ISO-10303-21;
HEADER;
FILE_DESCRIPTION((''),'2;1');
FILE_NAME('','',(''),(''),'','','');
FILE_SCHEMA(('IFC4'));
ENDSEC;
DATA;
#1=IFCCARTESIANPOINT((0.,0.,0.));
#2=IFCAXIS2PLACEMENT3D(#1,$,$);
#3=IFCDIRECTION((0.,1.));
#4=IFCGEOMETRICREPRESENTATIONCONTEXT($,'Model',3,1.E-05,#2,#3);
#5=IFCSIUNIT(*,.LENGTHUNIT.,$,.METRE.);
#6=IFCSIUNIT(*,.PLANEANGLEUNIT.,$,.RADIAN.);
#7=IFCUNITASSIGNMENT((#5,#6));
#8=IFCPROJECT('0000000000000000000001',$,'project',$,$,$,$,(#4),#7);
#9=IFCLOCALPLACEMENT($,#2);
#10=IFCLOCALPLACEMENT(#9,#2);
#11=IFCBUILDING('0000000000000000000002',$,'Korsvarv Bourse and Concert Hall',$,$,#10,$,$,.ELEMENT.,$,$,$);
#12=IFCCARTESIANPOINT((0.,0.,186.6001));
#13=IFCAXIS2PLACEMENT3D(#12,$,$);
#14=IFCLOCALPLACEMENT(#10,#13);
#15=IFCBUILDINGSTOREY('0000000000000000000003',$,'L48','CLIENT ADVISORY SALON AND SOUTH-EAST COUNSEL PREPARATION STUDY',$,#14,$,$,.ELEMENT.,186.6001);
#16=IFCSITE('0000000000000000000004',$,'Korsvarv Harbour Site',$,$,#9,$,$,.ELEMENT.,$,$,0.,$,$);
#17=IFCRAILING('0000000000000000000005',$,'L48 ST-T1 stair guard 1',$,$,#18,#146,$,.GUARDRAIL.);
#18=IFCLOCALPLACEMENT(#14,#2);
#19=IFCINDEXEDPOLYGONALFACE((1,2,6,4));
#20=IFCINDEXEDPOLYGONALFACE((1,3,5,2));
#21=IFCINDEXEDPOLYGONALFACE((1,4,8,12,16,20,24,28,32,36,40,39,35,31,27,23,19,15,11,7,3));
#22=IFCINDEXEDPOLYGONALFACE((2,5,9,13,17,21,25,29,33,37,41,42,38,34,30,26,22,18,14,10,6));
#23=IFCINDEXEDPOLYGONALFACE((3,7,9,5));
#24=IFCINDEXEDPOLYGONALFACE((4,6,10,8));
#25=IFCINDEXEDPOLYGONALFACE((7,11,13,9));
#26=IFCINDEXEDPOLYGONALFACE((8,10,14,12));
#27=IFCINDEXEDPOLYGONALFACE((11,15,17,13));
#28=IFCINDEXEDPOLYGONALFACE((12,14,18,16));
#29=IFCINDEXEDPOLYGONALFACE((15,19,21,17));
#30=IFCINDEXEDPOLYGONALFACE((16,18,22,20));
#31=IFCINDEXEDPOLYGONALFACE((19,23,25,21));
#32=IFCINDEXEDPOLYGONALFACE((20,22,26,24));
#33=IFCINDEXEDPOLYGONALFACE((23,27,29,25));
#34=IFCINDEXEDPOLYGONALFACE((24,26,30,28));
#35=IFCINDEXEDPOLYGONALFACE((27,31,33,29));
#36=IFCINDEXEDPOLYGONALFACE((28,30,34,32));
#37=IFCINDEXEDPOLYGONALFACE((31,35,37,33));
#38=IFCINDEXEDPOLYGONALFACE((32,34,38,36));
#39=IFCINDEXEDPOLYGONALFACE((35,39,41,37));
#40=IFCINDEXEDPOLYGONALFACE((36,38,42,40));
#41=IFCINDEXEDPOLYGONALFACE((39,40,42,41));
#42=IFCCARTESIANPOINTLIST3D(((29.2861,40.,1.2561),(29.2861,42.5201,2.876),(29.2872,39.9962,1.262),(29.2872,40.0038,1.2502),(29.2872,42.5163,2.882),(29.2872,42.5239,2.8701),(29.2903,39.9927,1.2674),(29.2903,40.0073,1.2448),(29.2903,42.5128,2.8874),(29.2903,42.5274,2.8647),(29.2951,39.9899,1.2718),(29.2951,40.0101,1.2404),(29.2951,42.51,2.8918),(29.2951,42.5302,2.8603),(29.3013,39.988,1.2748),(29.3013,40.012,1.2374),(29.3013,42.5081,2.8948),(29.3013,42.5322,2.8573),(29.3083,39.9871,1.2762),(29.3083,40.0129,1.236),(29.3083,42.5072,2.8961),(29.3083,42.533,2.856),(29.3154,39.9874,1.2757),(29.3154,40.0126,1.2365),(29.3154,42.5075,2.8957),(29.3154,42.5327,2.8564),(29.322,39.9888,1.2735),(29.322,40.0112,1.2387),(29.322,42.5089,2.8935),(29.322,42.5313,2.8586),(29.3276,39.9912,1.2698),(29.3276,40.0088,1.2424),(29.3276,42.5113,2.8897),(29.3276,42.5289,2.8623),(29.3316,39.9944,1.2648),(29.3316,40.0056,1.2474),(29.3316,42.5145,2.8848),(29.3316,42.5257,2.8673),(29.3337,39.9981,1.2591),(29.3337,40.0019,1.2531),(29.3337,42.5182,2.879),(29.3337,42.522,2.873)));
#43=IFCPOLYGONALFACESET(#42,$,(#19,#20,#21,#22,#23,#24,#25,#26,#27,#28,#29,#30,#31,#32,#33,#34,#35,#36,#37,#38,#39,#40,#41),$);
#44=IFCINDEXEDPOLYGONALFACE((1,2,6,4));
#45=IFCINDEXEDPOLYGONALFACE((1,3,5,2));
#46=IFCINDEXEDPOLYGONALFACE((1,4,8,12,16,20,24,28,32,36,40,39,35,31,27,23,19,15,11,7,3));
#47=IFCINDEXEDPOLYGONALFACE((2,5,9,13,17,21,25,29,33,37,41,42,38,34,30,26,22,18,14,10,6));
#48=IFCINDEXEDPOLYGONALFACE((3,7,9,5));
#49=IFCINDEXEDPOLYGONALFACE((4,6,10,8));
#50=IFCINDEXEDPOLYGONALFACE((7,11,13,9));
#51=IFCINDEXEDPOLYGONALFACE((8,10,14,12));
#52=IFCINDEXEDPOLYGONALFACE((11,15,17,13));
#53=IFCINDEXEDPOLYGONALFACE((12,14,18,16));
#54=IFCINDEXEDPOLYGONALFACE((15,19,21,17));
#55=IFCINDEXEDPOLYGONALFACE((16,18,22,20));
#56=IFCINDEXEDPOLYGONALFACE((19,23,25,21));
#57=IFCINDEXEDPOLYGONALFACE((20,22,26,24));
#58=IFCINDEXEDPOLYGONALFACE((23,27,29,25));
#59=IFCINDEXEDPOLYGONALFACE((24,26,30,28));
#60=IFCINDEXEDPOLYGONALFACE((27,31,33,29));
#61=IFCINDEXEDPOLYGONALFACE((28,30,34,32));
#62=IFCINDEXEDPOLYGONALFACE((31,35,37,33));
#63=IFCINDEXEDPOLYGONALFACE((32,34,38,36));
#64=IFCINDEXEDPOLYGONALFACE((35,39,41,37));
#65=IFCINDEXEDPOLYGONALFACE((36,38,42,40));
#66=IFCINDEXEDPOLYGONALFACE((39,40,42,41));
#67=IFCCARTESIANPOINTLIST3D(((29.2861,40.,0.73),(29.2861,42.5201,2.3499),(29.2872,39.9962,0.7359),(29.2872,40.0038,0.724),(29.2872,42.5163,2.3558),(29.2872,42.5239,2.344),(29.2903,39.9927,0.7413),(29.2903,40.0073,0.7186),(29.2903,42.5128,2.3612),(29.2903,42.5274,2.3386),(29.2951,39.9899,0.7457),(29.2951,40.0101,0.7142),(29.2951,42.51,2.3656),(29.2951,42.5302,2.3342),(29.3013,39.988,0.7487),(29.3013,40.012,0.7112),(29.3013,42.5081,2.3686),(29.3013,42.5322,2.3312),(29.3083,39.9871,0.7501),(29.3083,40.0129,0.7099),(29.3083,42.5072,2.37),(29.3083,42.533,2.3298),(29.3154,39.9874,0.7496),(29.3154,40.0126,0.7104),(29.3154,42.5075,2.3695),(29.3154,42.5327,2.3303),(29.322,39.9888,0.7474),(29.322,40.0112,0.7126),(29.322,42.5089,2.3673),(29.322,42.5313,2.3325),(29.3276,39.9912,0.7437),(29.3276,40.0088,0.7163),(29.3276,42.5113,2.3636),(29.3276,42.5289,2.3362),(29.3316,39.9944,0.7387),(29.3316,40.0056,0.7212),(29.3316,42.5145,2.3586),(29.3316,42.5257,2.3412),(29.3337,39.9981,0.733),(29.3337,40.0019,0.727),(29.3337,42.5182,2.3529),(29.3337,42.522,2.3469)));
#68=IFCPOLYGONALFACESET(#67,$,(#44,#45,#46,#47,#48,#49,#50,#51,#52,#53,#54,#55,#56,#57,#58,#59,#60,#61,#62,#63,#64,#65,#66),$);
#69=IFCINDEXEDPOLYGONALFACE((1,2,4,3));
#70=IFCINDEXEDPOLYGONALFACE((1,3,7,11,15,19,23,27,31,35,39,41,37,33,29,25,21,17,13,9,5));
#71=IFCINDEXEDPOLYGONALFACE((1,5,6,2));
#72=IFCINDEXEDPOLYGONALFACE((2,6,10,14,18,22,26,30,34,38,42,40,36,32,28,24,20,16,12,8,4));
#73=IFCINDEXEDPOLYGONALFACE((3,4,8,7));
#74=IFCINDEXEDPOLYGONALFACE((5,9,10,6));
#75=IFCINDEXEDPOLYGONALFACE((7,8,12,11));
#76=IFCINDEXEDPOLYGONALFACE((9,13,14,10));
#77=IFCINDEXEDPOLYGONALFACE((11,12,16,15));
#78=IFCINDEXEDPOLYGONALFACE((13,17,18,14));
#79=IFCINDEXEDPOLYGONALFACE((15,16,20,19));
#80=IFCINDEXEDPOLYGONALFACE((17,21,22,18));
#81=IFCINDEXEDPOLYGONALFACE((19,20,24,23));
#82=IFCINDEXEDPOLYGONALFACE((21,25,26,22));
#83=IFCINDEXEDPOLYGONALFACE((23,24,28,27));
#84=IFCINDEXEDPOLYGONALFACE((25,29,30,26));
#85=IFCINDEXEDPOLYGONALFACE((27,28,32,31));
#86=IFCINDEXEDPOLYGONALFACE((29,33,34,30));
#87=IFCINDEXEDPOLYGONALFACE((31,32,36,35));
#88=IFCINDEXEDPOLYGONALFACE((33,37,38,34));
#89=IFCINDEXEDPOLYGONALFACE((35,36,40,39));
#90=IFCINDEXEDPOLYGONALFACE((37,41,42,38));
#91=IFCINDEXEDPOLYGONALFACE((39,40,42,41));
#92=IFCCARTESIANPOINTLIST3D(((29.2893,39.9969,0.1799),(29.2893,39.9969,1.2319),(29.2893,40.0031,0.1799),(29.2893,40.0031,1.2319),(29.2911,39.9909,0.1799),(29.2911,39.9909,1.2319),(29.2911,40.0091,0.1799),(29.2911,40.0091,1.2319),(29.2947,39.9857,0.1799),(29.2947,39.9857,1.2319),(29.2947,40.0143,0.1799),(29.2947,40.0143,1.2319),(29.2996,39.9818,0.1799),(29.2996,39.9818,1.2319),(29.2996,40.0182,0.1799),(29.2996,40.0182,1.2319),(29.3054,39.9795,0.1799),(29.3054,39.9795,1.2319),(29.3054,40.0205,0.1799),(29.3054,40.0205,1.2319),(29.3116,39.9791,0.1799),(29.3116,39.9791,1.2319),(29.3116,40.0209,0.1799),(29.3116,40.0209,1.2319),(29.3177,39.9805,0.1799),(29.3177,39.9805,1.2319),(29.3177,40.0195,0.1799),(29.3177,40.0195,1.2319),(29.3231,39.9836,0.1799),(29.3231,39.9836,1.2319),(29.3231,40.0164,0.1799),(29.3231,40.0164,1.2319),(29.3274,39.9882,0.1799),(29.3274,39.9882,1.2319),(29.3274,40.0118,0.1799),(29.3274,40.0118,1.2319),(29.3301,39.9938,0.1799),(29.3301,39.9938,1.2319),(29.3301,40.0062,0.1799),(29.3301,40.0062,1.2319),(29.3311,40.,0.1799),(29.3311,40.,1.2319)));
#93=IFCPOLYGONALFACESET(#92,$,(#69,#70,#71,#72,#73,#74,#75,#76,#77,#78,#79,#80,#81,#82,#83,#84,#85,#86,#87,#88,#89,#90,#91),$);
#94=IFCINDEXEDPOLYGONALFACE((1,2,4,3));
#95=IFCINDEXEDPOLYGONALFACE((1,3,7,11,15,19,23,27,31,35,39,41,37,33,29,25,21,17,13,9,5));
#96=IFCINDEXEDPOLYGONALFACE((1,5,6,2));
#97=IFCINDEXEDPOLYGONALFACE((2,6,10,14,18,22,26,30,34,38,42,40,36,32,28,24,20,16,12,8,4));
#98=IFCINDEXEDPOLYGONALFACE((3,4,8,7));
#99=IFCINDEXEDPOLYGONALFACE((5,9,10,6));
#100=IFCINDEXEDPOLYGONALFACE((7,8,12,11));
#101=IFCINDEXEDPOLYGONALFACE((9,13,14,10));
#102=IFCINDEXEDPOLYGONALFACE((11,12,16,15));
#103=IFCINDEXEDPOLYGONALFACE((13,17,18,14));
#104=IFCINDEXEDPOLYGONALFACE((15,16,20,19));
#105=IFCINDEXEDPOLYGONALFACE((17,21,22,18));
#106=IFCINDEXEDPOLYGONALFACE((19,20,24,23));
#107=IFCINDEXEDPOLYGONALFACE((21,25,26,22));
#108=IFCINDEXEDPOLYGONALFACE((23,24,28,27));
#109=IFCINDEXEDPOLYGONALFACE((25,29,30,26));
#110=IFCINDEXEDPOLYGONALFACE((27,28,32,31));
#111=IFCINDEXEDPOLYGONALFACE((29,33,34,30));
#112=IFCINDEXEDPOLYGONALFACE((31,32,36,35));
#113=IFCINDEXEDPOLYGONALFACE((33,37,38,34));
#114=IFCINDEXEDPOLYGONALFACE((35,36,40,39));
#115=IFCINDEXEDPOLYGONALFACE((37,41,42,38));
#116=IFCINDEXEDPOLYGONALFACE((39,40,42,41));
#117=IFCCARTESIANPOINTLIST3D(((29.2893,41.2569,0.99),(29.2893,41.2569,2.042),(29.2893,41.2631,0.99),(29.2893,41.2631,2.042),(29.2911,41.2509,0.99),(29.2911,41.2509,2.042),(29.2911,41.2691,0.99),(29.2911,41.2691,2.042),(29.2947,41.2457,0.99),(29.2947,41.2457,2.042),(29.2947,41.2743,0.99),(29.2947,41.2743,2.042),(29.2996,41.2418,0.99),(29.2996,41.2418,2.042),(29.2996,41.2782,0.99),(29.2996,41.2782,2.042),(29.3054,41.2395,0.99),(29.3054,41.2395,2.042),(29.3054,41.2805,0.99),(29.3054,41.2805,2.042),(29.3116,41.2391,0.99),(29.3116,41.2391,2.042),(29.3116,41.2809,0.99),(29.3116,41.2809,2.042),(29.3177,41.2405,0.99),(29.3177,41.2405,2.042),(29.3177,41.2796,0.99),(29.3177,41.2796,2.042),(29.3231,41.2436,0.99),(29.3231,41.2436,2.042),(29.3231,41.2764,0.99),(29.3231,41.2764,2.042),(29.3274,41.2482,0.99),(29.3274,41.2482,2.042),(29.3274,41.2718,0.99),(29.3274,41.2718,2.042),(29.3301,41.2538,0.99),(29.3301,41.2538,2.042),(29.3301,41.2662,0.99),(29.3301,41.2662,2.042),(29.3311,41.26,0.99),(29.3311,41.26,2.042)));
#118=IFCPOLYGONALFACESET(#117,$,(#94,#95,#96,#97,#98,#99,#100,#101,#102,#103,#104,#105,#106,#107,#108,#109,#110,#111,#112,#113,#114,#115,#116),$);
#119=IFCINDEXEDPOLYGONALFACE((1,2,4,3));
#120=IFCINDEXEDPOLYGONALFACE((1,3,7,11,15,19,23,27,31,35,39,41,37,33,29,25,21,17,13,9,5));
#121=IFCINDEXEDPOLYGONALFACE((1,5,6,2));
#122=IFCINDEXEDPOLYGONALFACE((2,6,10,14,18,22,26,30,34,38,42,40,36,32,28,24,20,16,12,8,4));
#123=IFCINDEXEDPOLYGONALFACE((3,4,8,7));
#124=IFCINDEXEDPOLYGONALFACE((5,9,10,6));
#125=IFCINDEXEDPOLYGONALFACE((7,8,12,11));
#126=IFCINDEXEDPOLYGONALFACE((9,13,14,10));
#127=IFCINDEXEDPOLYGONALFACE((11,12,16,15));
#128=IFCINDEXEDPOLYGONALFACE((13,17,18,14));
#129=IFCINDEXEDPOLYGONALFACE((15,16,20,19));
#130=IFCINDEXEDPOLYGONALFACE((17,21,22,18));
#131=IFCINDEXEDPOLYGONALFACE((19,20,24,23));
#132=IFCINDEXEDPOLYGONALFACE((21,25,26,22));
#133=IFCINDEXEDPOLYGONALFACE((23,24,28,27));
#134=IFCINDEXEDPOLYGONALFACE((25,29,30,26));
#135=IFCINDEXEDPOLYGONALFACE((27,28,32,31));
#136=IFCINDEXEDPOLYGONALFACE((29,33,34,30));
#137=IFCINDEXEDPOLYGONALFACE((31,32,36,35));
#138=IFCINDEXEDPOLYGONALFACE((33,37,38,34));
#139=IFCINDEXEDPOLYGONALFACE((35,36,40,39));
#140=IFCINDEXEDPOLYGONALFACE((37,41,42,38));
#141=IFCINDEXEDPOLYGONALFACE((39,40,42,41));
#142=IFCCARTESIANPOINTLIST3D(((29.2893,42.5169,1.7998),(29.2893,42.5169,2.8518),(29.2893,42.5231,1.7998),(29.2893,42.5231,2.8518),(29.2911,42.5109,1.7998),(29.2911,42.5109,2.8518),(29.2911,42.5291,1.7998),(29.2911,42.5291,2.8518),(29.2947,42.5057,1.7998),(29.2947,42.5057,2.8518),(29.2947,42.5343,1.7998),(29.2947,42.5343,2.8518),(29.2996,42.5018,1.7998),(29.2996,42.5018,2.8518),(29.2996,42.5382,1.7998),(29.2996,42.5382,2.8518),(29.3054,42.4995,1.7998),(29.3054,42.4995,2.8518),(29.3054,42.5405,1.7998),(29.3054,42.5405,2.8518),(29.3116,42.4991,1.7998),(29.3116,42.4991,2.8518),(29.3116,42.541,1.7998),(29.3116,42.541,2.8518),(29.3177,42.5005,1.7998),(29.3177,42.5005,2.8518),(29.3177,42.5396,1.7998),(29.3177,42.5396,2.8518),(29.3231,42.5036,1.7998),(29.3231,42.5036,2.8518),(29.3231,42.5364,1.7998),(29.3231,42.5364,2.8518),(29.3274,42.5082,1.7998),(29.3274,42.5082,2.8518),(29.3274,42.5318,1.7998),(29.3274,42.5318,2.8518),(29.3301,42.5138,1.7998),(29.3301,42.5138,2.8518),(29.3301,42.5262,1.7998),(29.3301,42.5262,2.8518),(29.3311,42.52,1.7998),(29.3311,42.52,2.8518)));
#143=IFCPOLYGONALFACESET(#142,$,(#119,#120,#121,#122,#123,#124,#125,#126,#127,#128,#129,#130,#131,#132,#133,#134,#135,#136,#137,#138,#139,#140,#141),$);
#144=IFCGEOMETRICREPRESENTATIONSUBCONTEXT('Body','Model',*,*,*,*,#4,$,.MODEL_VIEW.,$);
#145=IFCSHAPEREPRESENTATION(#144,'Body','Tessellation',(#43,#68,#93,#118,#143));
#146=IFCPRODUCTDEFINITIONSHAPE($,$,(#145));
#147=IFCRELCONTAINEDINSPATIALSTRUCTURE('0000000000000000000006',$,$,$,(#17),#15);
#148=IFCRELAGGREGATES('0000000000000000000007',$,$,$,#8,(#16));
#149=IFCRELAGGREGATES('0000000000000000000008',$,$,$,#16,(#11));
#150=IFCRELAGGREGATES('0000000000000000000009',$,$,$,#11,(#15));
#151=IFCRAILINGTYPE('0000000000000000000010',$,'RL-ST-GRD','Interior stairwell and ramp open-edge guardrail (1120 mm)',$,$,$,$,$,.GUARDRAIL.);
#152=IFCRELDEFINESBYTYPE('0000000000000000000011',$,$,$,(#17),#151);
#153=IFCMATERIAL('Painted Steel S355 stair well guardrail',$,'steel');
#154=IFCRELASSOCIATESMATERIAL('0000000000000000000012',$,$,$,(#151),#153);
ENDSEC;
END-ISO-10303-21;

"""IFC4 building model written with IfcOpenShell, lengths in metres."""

from ifc_helpers import new_model, si_unit, direction, frame, origin, origin_2d, place, context, subcontext, project, spatial, circle, extrude, material, type_object, element, save


model = new_model("IFC4")

# Units and contexts
model_context = context("Model", 3, precision=1e-05, world=origin(), true_north=direction((0.0, 1.0)))
body_context = subcontext(model_context, "Body", "Model", "MODEL_VIEW")
ifc_project = project(units=[si_unit("LENGTHUNIT", "METRE"), si_unit("PLANEANGLEUNIT", "RADIAN")], contexts=[model_context])

# Site, building, storey
site_placement = place(None, origin())
site = spatial("IfcSite", under=ifc_project, at=site_placement, Name="Korsvarv Harbour Site", CompositionType="ELEMENT", RefElevation=0.0)
building_placement = place(site_placement, origin())
building = spatial("IfcBuilding", under=site, at=building_placement, Name="Korsvarv Bourse and Concert Hall", CompositionType="ELEMENT")
storey_placement = place(building_placement, frame((0.0, 0.0, 186.6001)))
storey = spatial("IfcBuildingStorey", under=building, at=storey_placement, Name="L48", Description="CLIENT ADVISORY SALON AND SOUTH-EAST COUNSEL PREPARATION STUDY", CompositionType="ELEMENT", Elevation=186.6001)

# Railing
ifc_material_1 = material(Name="Painted Steel S355 stair well guardrail", Category="steel")
railing_type_1 = type_object("IfcRailingType", Name="RL-ST-GRD", Description="Interior stairwell and ramp open-edge guardrail (1120 mm)", PredefinedType="GUARDRAIL", material=ifc_material_1)
railing_1_placement = place(storey_placement, frame((29.3101, 40.0, 0.1799)))
element("IfcRailing", 1, at=railing_1_placement, inside=storey, type_object=railing_type_1, Name="L48 ST-T1 stair guard 1", PredefinedType="GUARDRAIL", context=body_context, shape_type="SweptSolid", body=[
    extrude(circle(Radius=0.0239, at=origin_2d()), frame((0.0, 0.0, 1.0762), z_axis=(0.0, 0.8412, 0.540725), x_axis=(-1.0, 0.0, 0.0)), (0.0, 0.0, 1.0), 2.9958),
    extrude(circle(Radius=0.0239, at=origin_2d()), frame((0.0, 0.0, 0.55), z_axis=(0.0, 0.8412, 0.540725), x_axis=(-1.0, 0.0, 0.0)), (0.0, 0.0, 1.0), 2.9958),
    extrude(circle(Radius=0.021, at=origin_2d()), origin(), (0.0, 0.0, 1.0), 1.052),
    extrude(circle(Radius=0.021, at=origin_2d()), frame((0.0, 1.26, 0.8101)), (0.0, 0.0, 1.0), 1.052),
    extrude(circle(Radius=0.021, at=origin_2d()), frame((0.0, 2.52, 1.6199)), (0.0, 0.0, 1.0), 1.052),
])

save(model, "model.ifc")
